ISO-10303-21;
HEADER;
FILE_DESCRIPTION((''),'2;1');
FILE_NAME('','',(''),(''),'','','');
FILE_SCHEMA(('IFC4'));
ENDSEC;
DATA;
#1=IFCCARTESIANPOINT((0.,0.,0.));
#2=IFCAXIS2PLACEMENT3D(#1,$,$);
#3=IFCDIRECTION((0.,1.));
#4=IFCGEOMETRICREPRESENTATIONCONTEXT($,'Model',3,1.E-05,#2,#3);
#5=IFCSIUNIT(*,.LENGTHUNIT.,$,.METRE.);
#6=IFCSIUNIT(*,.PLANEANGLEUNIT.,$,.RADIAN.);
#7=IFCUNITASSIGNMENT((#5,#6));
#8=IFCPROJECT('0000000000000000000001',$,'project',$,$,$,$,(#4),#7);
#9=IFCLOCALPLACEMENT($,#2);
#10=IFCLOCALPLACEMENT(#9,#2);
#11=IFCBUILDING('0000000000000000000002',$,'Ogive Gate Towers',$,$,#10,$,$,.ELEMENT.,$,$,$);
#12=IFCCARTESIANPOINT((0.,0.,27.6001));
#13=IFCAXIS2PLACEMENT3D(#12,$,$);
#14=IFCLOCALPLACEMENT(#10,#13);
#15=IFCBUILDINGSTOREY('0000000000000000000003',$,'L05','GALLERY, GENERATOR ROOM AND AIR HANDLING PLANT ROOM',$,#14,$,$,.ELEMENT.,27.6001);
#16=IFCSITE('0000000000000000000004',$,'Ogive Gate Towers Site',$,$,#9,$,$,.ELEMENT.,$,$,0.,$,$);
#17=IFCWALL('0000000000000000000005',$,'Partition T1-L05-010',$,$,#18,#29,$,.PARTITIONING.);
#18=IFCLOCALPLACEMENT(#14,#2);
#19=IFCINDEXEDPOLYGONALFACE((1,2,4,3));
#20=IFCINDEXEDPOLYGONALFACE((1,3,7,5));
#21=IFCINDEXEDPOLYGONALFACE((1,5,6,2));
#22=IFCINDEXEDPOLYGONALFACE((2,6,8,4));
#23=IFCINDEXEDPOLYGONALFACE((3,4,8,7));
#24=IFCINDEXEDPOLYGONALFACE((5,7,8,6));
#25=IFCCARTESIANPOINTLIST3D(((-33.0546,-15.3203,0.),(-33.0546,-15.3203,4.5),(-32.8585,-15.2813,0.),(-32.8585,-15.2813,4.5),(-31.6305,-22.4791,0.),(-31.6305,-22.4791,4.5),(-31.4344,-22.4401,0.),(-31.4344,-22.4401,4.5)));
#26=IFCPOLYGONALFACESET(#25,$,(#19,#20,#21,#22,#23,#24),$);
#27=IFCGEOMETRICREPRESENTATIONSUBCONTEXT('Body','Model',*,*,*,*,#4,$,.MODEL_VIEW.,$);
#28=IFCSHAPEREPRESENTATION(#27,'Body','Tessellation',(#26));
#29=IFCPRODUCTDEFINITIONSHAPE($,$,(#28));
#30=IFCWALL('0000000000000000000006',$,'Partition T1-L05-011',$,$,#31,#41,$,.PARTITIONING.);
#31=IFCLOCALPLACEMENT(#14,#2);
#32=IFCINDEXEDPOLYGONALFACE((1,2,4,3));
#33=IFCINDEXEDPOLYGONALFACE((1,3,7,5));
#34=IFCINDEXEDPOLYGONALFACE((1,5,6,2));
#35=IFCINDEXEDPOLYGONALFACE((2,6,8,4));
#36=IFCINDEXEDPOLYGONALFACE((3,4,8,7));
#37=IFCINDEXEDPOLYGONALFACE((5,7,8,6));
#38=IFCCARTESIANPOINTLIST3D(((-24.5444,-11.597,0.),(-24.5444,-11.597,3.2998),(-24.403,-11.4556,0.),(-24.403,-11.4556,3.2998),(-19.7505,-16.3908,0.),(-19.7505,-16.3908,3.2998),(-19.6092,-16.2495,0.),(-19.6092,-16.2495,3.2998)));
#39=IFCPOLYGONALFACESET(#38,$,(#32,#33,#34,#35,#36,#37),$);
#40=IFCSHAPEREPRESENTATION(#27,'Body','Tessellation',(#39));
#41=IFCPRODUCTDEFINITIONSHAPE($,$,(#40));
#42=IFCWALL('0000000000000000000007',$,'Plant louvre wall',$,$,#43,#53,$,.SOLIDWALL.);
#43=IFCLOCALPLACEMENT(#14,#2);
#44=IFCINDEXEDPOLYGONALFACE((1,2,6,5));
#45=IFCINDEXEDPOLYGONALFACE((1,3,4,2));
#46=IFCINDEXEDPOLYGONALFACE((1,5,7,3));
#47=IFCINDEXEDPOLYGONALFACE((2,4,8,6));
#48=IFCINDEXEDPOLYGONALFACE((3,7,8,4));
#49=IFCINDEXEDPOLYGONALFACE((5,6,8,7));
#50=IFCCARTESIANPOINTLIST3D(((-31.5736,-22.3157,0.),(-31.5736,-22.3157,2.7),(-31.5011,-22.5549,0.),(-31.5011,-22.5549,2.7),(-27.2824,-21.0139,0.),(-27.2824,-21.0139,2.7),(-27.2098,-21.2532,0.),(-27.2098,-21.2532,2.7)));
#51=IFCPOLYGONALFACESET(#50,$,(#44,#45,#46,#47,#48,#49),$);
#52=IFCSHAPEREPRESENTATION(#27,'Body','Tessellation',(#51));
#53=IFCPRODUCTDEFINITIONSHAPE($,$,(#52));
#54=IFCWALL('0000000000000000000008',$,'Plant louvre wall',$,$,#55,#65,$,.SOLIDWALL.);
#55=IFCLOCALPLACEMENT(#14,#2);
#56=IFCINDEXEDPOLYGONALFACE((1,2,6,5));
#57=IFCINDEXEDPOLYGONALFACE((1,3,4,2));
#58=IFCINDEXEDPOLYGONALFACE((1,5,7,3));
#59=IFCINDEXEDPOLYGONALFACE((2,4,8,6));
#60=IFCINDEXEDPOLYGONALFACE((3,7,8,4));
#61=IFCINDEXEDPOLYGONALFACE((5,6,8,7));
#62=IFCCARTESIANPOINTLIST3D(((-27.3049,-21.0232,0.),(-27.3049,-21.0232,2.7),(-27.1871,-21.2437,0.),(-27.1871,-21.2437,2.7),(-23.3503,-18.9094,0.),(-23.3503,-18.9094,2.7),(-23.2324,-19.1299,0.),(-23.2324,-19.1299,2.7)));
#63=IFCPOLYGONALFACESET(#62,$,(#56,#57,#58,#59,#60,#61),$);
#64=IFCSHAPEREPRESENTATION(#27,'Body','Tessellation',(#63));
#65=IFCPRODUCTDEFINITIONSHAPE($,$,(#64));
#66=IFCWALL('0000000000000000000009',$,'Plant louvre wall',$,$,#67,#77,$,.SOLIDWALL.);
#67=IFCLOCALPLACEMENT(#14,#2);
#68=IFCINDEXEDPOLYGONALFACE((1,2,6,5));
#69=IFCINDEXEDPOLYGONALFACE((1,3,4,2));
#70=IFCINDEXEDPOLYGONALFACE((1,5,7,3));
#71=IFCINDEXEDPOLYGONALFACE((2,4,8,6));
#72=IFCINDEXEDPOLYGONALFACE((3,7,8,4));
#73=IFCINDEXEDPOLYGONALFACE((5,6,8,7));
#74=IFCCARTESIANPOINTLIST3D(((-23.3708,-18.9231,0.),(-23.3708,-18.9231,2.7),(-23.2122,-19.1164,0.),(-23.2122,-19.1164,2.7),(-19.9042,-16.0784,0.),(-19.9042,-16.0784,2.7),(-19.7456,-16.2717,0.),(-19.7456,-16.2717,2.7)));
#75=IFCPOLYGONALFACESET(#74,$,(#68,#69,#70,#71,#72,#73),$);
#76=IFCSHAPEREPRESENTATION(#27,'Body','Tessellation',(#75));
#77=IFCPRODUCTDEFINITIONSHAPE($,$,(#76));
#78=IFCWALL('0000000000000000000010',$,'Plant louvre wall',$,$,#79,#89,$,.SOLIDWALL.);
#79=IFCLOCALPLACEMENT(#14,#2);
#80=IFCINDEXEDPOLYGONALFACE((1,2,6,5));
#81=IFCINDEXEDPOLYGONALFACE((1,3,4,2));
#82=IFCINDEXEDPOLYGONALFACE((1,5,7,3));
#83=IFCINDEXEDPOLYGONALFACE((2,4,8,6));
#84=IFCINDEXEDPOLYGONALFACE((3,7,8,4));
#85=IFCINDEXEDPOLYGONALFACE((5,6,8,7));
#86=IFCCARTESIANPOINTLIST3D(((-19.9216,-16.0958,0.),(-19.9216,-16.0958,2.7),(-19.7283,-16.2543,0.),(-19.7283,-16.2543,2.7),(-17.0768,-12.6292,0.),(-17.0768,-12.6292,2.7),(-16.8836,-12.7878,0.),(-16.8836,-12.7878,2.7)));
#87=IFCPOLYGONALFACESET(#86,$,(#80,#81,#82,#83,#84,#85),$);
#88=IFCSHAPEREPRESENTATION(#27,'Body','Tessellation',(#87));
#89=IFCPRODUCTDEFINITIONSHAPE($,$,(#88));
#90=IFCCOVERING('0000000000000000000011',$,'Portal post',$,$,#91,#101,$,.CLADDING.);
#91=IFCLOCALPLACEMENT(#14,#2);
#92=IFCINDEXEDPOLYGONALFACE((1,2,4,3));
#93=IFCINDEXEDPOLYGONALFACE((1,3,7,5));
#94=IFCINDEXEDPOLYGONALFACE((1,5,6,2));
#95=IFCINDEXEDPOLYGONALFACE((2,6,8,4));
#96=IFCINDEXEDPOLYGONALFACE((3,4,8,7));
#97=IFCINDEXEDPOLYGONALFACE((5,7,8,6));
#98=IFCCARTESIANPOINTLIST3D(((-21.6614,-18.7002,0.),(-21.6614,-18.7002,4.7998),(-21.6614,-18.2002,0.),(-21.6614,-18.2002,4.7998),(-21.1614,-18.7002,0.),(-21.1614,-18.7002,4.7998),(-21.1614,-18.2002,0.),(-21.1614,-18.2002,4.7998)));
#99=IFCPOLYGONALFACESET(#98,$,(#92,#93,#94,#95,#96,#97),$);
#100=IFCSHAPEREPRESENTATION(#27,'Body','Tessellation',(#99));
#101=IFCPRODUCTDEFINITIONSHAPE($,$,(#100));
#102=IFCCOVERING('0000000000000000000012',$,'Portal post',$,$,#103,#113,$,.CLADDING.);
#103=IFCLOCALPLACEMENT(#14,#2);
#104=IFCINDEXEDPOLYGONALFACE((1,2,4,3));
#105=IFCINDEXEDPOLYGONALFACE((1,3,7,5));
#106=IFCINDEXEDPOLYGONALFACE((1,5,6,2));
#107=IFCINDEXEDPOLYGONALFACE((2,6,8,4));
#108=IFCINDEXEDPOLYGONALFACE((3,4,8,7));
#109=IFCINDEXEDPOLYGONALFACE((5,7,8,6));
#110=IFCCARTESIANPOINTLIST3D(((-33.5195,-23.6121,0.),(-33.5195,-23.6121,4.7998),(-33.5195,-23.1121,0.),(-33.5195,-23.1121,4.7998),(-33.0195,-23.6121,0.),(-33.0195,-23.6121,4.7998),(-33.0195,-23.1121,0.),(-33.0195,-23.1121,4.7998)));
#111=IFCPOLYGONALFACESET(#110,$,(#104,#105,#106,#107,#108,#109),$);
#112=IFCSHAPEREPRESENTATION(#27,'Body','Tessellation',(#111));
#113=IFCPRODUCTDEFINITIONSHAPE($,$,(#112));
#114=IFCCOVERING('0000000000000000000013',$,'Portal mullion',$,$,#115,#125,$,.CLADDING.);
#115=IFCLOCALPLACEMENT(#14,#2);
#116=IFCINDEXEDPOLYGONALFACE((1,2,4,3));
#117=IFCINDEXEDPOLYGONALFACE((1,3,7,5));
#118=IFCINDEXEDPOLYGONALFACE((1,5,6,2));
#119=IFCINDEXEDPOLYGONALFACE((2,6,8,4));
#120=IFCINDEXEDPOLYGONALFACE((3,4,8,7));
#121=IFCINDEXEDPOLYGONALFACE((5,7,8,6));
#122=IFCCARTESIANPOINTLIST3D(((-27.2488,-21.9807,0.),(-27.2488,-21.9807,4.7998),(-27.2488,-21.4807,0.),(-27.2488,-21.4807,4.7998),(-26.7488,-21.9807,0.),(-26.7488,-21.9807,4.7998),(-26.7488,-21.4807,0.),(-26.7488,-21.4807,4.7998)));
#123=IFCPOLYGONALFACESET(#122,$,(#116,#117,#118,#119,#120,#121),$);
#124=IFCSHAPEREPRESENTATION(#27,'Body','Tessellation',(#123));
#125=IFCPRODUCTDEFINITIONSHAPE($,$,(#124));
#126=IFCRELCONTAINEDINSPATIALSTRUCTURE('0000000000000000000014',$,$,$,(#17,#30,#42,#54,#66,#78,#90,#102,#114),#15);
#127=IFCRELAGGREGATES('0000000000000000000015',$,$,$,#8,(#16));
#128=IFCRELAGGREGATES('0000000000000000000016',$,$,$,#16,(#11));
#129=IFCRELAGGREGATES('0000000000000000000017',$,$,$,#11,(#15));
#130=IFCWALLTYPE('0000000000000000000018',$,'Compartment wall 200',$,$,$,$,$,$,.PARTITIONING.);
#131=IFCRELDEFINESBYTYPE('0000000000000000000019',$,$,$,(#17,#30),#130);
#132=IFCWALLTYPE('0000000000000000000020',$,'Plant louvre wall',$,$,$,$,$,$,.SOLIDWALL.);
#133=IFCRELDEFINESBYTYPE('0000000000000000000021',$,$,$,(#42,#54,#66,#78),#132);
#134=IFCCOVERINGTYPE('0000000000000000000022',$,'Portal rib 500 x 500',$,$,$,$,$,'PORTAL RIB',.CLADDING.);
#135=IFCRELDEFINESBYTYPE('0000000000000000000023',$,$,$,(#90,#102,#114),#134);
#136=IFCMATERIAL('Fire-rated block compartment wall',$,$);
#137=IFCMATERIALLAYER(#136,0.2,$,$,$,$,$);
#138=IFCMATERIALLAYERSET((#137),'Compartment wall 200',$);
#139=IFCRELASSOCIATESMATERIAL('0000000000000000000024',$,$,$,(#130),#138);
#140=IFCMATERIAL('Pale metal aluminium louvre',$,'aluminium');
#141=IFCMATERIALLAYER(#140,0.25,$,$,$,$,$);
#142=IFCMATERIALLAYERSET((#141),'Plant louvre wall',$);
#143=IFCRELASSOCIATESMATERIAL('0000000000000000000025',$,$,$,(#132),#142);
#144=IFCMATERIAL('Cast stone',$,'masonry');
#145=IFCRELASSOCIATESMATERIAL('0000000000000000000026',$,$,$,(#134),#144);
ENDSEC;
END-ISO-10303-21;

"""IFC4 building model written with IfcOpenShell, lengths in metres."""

from ifc_helpers import new_model, si_unit, direction, frame, frame_2d, origin, origin_2d, place, context, subcontext, project, spatial, rectangle, extrude, material, layer, layer_set, material_profile, profile_set, type_object, element, save


model = new_model("IFC4")

# Units and contexts
model_context = context("Model", 3, precision=1e-05, world=origin(), true_north=direction((0.0, 1.0)))
body_context = subcontext(model_context, "Body", "Model", "MODEL_VIEW")
ifc_project = project(units=[si_unit("LENGTHUNIT", "METRE"), si_unit("PLANEANGLEUNIT", "RADIAN")], contexts=[model_context])

# Site, building, storey
site_placement = place(None, origin())
site = spatial("IfcSite", under=ifc_project, at=site_placement, Name="Ogive Gate Towers Site", CompositionType="ELEMENT", RefElevation=0.0)
building_placement = place(site_placement, origin())
building = spatial("IfcBuilding", under=site, at=building_placement, Name="Ogive Gate Towers", CompositionType="ELEMENT")
storey_placement = place(building_placement, frame((0.0, 0.0, 27.6001)))
storey = spatial("IfcBuildingStorey", under=building, at=storey_placement, Name="L05", Description="GALLERY, GENERATOR ROOM AND AIR HANDLING PLANT ROOM", CompositionType="ELEMENT", Elevation=27.6001)

# Walls
ifc_material_1 = material(Name="Fire-rated block compartment wall")
ifc_layer_1 = layer(ifc_material_1, 0.2)
ifc_layer_set_1 = layer_set([ifc_layer_1], Name="Compartment wall 200")
wall_type_1 = type_object("IfcWallType", Name="Compartment wall 200", PredefinedType="PARTITIONING", material=ifc_layer_set_1)
wall_1_placement = place(storey_placement, frame((-31.5325, -22.4595, 0.0), z_axis=(0.0, 0.0, 1.0), x_axis=(-0.195106, 0.980782, 0.0)))
element("IfcWall", 1, at=wall_1_placement, inside=storey, type_object=wall_type_1, Name="Partition T1-L05-010", PredefinedType="PARTITIONING", context=body_context, shape_type="SweptSolid", body=[
    extrude(rectangle(XDim=7.2991, YDim=0.2, at=frame_2d((3.6494, 0.0))), origin(), (0.0, 0.0, 1.0), 4.5),
])
wall_2_placement = place(storey_placement, frame((-19.6799, -16.3201, 0.0), z_axis=(0.0, 0.0, 1.0), x_axis=(-0.707107, 0.707107, 0.0)))
element("IfcWall", 2, at=wall_2_placement, inside=storey, type_object=wall_type_1, Name="Partition T1-L05-011", PredefinedType="PARTITIONING", context=body_context, shape_type="SweptSolid", body=[
    extrude(rectangle(XDim=6.7795, YDim=0.2, at=frame_2d((3.3896, 0.0))), origin(), (0.0, 0.0, 1.0), 3.2998),
])
ifc_material_2 = material(Name="Pale metal aluminium louvre", Category="aluminium")
ifc_layer_2 = layer(ifc_material_2, 0.25)
ifc_layer_set_2 = layer_set([ifc_layer_2], Name="Plant louvre wall")
wall_type_2 = type_object("IfcWallType", Name="Plant louvre wall", PredefinedType="SOLIDWALL", material=ifc_layer_set_2)
wall_3_placement = place(storey_placement, frame((-31.5374, -22.4353, 0.0), z_axis=(0.0, 0.0, 1.0), x_axis=(0.956939, 0.290288, 0.0)))
element("IfcWall", 3, at=wall_3_placement, inside=storey, type_object=wall_type_2, Name="Plant louvre wall", PredefinedType="SOLIDWALL", context=body_context, shape_type="SweptSolid", body=[
    extrude(rectangle(XDim=4.4844, YDim=0.25, at=frame_2d((2.2422, 0.0))), origin(), (0.0, 0.0, 1.0), 2.7),
])
wall_4_placement = place(storey_placement, frame((-27.2461, -21.1335, 0.0), z_axis=(0.0, 0.0, 1.0), x_axis=(0.881922, 0.471396, 0.0)))
element("IfcWall", 4, at=wall_4_placement, inside=storey, type_object=wall_type_2, Name="Plant louvre wall", PredefinedType="SOLIDWALL", context=body_context, shape_type="SweptSolid", body=[
    extrude(rectangle(XDim=4.4841, YDim=0.25, at=frame_2d((2.2422, 0.0))), origin(), (0.0, 0.0, 1.0), 2.7),
])
for number, where, z_axis, x_axis, name in (
    (5, (-23.2915, -19.0198, 0.0), (0.0, 0.0, 1.0), (0.773032, 0.634367, 0.0), "Plant louvre wall"),
    (6, (-19.825, -16.175, 0.0), (0.0, 0.0, 1.0), (0.634367, 0.773032, 0.0), "Plant louvre wall"),
):
    element("IfcWall", number, at=place(storey_placement, frame(where, z_axis=z_axis, x_axis=x_axis)), inside=storey, type_object=wall_type_2, Name=name, PredefinedType="SOLIDWALL", context=body_context, shape_type="SweptSolid", body=[
        extrude(rectangle(XDim=4.4844, YDim=0.25, at=frame_2d((2.2422, 0.0))), origin(), (0.0, 0.0, 1.0), 2.7),
    ])

# Coverings
ifc_material_3 = material(Name="Cast stone", Category="masonry")
ifc_material_profile_1 = material_profile(ifc_material_3, rectangle(XDim=0.5, YDim=0.5, at=origin_2d()), Name="500 x 500 cast stone")
ifc_profile_set_1 = profile_set([ifc_material_profile_1], Name="Cast stone")
covering_type = type_object("IfcCoveringType", Name="Portal rib 500 x 500", ElementType="PORTAL RIB", PredefinedType="CLADDING", material=ifc_profile_set_1)
for number, where, z_axis, x_axis, name in (
    (7, (-21.4114, -18.4502, 0.0), (0.0, 0.0, 1.0), (1.0, 0.0, 0.0), "Portal post"),
    (8, (-33.2695, -23.3621, 0.0), (0.0, 0.0, 1.0), (1.0, 0.0, 0.0), "Portal post"),
    (9, (-26.9988, -21.7307, 0.0), (0.0, 0.0, 1.0), (1.0, 0.0, 0.0), "Portal mullion"),
):
    element("IfcCovering", number, at=place(storey_placement, frame(where, z_axis=z_axis, x_axis=x_axis)), inside=storey, type_object=covering_type, Name=name, PredefinedType="CLADDING", context=body_context, shape_type="SweptSolid", body=[
        extrude(rectangle(XDim=0.5, YDim=0.5, at=origin_2d()), origin(), (0.0, 0.0, 1.0), 4.7998),
    ])

save(model, "model.ifc")
